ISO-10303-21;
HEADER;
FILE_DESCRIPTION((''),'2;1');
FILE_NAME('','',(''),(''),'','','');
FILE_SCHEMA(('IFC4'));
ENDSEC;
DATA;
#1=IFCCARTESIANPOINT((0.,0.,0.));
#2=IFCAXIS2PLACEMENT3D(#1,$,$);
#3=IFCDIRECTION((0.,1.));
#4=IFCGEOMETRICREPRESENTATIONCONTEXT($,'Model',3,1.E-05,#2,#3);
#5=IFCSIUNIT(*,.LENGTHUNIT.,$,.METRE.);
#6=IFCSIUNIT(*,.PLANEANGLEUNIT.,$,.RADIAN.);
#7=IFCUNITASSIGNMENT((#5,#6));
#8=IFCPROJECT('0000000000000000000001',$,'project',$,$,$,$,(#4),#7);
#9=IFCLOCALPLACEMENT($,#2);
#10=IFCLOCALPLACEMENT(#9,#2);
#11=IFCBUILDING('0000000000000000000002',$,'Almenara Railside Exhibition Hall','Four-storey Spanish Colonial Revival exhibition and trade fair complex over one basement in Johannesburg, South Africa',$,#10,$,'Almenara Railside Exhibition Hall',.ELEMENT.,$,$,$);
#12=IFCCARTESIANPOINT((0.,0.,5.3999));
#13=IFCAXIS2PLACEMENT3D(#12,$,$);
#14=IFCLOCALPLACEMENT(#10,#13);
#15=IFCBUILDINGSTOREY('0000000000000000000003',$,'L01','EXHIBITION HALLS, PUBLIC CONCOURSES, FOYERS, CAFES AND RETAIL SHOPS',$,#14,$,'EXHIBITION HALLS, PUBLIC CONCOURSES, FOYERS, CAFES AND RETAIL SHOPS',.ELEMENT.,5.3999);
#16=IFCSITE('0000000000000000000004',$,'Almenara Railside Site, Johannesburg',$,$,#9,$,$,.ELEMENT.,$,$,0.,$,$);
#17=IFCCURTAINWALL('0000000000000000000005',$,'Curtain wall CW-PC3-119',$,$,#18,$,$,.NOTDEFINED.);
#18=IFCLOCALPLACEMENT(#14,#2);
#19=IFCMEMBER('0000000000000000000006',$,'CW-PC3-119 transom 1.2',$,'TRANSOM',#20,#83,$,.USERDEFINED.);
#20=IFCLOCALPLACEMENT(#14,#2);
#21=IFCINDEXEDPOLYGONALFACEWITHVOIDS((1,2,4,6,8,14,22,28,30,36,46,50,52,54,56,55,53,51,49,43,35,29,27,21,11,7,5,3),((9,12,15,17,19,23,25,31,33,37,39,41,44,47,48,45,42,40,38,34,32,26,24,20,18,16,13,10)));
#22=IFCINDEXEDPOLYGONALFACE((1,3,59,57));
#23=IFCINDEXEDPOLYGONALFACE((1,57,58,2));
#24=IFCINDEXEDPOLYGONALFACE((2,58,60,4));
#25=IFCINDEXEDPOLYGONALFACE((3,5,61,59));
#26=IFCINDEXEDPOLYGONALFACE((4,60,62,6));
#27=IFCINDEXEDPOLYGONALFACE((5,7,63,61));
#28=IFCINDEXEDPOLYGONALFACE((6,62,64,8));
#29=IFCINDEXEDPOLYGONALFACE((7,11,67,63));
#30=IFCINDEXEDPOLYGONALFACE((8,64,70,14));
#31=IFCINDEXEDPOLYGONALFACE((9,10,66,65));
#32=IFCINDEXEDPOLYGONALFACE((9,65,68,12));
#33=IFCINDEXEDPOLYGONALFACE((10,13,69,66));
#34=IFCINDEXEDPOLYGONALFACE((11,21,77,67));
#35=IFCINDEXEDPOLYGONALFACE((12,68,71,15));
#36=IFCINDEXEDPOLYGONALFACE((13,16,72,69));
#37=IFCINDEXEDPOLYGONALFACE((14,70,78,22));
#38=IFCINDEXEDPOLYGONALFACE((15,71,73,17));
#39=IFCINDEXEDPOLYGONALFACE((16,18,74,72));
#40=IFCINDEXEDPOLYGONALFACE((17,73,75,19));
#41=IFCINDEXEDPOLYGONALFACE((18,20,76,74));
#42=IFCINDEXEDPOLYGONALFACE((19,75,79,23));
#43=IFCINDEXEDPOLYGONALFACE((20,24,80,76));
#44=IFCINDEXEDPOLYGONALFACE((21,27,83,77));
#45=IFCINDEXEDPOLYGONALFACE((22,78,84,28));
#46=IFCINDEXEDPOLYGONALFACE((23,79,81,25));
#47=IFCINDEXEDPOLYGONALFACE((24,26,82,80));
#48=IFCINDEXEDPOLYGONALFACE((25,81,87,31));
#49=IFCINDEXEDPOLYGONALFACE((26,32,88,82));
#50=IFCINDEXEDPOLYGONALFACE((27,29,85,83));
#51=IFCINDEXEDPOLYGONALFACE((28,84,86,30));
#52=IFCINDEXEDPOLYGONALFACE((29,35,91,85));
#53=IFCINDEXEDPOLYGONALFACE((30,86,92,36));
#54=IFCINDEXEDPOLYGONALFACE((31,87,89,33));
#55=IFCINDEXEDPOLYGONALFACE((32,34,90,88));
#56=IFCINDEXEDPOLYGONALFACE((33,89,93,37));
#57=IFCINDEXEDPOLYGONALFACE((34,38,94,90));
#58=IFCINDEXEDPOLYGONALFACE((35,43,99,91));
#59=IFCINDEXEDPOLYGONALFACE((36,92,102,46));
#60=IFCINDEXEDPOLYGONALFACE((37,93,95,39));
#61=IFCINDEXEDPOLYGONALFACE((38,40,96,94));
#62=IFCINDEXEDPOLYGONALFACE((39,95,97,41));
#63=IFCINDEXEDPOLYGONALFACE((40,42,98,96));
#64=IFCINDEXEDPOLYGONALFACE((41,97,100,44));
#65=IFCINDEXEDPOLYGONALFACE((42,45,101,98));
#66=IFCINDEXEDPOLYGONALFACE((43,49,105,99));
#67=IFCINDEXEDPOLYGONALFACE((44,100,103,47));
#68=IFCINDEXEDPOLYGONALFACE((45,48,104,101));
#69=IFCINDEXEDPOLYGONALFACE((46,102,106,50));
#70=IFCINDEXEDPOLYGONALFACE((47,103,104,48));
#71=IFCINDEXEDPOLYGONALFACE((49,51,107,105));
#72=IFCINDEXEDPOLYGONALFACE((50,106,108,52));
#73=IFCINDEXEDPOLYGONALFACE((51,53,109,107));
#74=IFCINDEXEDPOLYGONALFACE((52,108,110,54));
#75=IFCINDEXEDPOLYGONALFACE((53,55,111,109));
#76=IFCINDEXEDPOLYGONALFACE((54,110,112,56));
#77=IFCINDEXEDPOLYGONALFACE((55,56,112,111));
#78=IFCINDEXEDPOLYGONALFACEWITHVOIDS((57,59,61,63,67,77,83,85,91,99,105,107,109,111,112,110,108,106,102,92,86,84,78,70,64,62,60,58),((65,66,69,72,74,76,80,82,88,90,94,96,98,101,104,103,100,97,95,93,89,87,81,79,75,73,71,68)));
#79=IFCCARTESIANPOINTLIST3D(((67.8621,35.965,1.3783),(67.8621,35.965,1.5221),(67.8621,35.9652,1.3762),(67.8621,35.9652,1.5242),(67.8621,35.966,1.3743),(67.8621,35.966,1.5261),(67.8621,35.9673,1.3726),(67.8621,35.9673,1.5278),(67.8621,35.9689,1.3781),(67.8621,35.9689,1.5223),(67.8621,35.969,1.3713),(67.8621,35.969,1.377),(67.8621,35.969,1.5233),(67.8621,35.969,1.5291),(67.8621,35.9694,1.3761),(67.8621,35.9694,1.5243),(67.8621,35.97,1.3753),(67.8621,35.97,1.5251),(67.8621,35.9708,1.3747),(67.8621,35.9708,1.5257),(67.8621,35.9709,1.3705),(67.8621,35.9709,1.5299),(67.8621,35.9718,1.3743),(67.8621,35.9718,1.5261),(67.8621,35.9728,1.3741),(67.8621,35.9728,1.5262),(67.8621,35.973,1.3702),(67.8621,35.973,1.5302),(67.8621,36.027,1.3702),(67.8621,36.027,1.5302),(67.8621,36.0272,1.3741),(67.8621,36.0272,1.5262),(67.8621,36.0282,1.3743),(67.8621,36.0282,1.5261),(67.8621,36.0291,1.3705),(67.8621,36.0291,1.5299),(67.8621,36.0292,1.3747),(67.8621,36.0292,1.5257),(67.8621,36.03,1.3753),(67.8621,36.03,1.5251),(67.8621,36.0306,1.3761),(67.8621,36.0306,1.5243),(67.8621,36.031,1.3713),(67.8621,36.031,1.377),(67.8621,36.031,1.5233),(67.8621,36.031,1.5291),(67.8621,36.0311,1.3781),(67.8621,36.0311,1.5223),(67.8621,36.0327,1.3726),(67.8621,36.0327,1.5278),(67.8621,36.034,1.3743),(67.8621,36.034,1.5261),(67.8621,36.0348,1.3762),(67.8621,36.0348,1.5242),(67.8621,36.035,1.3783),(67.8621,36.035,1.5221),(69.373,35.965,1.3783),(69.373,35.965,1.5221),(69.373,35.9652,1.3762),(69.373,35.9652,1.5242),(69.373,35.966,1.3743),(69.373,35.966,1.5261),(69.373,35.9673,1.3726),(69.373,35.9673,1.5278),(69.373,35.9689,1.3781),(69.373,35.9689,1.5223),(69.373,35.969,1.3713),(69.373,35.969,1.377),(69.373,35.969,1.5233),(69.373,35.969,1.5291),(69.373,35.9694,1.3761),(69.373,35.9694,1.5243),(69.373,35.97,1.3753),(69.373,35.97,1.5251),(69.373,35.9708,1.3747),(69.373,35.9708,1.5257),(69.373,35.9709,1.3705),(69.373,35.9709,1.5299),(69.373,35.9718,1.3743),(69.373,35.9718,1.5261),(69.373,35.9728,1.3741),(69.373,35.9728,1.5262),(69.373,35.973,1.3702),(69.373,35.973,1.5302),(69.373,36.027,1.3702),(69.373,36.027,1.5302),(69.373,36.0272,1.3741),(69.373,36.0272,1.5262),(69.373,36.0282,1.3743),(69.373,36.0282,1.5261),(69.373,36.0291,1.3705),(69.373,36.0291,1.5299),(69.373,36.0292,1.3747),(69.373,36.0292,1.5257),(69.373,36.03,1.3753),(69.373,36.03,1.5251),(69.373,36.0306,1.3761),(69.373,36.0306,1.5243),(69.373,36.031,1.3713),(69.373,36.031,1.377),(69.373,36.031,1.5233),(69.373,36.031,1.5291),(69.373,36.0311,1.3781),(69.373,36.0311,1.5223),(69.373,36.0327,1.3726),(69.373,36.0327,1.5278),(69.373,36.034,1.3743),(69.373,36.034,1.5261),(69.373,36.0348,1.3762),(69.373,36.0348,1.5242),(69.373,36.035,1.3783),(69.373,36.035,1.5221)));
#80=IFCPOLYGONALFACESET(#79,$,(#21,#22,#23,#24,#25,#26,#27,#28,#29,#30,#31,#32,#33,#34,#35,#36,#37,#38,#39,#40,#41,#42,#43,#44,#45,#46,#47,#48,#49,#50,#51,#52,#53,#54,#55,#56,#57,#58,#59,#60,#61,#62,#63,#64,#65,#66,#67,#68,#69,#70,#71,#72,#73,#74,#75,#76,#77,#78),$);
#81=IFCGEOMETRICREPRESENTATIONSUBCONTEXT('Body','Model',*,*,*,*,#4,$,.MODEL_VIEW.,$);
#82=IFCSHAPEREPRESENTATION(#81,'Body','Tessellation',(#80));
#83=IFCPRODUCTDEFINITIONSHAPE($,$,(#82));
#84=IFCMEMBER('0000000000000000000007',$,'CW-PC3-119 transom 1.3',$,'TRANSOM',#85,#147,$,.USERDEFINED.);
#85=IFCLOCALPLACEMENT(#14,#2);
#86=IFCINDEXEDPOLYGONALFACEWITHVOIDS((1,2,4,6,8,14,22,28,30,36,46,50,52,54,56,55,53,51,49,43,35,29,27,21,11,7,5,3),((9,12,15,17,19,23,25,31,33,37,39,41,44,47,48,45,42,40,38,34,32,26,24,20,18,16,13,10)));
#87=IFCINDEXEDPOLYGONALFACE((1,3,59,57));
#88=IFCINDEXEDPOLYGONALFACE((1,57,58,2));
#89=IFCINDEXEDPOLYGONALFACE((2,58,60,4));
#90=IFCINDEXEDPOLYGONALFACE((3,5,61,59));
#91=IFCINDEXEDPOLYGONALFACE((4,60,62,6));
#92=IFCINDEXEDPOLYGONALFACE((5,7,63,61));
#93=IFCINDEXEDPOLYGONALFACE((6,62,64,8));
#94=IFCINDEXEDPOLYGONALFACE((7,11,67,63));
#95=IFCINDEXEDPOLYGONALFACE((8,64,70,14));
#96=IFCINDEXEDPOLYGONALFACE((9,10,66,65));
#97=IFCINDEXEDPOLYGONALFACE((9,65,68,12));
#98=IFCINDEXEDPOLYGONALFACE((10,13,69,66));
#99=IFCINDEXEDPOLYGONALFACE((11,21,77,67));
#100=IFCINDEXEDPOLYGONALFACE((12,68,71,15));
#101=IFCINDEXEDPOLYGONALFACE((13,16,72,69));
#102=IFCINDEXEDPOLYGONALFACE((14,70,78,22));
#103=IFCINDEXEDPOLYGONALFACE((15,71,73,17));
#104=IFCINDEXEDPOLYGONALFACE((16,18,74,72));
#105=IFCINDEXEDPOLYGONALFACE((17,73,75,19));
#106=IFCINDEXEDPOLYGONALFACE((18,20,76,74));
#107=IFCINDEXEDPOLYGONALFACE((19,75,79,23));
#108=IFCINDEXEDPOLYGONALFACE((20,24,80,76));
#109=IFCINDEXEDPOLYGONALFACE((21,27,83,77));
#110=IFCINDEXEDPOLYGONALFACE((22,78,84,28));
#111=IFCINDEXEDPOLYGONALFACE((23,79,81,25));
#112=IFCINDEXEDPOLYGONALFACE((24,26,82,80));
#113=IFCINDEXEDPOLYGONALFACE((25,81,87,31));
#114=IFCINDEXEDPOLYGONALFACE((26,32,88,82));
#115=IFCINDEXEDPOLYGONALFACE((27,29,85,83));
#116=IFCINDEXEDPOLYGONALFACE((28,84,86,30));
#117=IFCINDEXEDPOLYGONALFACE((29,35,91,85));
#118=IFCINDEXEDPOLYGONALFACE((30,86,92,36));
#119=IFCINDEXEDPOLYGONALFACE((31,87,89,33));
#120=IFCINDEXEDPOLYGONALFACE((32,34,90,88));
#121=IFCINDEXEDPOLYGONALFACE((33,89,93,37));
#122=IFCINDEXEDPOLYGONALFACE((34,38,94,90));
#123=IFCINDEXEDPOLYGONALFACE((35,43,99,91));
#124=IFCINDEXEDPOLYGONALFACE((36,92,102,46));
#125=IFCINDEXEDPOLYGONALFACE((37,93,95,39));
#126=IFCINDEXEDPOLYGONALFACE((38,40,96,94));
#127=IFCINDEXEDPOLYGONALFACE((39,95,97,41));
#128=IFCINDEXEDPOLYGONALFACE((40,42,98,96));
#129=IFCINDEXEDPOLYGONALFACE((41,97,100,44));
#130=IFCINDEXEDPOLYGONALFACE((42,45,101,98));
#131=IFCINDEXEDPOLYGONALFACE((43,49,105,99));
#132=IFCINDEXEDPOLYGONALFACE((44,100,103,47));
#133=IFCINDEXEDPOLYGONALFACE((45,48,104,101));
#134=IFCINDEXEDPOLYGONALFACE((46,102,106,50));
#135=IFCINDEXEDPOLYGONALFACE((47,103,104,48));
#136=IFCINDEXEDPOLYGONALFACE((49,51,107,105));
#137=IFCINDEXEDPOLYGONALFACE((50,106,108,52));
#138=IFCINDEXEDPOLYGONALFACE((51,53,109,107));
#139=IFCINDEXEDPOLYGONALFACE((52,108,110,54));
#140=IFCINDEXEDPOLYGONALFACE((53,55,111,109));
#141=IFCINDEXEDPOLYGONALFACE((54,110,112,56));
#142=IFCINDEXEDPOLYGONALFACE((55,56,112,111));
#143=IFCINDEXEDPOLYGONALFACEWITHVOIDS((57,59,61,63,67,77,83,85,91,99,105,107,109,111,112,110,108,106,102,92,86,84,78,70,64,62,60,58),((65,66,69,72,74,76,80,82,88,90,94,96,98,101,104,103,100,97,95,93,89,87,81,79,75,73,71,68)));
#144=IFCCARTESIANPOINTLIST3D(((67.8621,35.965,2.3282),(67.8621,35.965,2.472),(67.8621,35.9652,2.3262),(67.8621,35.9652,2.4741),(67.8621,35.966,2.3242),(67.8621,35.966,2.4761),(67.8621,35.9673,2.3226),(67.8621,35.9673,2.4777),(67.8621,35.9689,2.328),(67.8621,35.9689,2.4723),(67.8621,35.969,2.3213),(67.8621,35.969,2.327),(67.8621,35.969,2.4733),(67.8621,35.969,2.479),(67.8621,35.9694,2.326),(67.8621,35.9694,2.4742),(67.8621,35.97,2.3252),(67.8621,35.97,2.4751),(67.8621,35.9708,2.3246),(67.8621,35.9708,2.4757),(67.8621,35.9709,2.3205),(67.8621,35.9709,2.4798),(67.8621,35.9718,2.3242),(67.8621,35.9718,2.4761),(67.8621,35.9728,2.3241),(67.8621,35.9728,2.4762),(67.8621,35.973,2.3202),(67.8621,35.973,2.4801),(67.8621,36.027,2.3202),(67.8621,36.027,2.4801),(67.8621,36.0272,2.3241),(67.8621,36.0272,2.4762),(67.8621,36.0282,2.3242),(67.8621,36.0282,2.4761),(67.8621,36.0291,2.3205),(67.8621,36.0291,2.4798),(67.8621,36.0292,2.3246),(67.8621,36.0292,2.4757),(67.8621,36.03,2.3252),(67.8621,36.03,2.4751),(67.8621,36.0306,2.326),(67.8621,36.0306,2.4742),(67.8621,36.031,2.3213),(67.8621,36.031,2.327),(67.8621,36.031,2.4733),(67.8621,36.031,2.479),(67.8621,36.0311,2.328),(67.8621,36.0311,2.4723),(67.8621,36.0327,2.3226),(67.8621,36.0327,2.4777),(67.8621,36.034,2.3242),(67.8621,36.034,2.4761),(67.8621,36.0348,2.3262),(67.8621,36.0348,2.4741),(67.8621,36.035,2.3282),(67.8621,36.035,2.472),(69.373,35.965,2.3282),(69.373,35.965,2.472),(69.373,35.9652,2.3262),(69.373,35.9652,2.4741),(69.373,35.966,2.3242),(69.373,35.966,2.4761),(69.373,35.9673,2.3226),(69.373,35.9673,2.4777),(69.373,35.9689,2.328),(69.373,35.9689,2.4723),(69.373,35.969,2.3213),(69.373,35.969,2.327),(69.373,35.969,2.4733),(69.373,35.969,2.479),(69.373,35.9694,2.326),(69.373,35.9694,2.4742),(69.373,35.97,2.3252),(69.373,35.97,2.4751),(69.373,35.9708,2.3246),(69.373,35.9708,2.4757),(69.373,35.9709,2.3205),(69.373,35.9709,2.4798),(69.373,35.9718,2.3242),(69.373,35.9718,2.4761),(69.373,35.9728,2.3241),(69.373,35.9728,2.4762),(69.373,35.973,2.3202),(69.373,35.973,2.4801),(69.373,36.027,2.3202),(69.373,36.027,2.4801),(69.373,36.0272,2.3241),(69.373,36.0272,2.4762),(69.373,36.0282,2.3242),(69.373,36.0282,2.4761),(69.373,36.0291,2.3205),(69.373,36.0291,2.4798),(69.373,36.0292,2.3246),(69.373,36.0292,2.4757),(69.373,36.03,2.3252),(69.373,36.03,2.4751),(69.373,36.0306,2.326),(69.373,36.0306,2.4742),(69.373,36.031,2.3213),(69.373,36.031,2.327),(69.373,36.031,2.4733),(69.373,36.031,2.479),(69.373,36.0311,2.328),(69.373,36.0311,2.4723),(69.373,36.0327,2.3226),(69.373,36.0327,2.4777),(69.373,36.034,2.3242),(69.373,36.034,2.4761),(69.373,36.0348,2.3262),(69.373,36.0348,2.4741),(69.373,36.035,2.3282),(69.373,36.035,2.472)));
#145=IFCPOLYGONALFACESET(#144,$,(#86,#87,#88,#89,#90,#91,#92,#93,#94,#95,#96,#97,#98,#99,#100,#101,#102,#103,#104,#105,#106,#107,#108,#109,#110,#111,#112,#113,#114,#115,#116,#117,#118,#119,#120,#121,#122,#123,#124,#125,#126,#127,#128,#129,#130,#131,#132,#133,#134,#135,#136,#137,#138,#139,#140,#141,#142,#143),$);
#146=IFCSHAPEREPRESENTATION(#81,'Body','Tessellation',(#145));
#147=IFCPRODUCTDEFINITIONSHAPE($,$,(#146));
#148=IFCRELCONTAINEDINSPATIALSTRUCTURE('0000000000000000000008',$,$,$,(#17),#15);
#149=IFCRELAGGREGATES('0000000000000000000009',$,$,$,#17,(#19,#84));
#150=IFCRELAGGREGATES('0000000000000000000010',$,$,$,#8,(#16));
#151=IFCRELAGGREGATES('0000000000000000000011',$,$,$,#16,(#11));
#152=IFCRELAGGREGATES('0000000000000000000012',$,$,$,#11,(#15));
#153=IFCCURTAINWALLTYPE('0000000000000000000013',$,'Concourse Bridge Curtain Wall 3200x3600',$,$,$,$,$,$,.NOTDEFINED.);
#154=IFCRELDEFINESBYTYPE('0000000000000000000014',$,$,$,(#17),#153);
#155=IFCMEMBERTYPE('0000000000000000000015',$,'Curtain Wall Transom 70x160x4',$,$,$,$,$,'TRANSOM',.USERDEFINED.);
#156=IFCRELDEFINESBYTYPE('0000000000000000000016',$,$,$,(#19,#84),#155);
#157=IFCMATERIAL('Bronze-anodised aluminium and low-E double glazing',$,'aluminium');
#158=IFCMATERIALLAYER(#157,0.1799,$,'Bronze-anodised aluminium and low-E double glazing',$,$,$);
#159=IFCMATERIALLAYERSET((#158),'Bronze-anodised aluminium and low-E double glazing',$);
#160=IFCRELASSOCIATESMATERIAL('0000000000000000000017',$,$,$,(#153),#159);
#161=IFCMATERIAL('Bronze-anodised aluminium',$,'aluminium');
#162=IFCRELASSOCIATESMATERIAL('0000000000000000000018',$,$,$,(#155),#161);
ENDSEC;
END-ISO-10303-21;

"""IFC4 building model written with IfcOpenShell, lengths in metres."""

from ifc_helpers import new_model, si_unit, direction, frame, origin, origin_2d, place, context, subcontext, project, spatial, hollow_rectangle, extrude, material, layer, layer_set, material_profile, profile_set, type_object, element, aggregate, save


model = new_model("IFC4")

# Units and contexts
model_context = context("Model", 3, precision=1e-05, world=origin(), true_north=direction((0.0, 1.0)))
body_context = subcontext(model_context, "Body", "Model", "MODEL_VIEW")
ifc_project = project(units=[si_unit("LENGTHUNIT", "METRE"), si_unit("PLANEANGLEUNIT", "RADIAN")], contexts=[model_context])

# Site, building, storey
site_placement = place(None, origin())
site = spatial("IfcSite", under=ifc_project, at=site_placement, Name="Almenara Railside Site, Johannesburg", CompositionType="ELEMENT", RefElevation=0.0)
building_placement = place(site_placement, origin())
building = spatial("IfcBuilding", under=site, at=building_placement, Name="Almenara Railside Exhibition Hall", Description="Four-storey Spanish Colonial Revival exhibition and trade fair complex over one basement in Johannesburg, South Africa", LongName="Almenara Railside Exhibition Hall", CompositionType="ELEMENT")
storey_placement = place(building_placement, frame((0.0, 0.0, 5.3999)))
storey = spatial("IfcBuildingStorey", under=building, at=storey_placement, Name="L01", Description="EXHIBITION HALLS, PUBLIC CONCOURSES, FOYERS, CAFES AND RETAIL SHOPS", LongName="EXHIBITION HALLS, PUBLIC CONCOURSES, FOYERS, CAFES AND RETAIL SHOPS", CompositionType="ELEMENT", Elevation=5.3999)

# Shared definitions
ifc_material_1 = material(Name="Bronze-anodised aluminium and low-E double glazing", Category="aluminium")
ifc_material_2 = material(Name="Bronze-anodised aluminium", Category="aluminium")

# Curtain wall
ifc_layer_1 = layer(ifc_material_1, 0.1799, Name="Bronze-anodised aluminium and low-E double glazing")
ifc_layer_set_1 = layer_set([ifc_layer_1], Name="Bronze-anodised aluminium and low-E double glazing")
curtain_wall_type_1 = type_object("IfcCurtainWallType", Name="Concourse Bridge Curtain Wall 3200x3600", PredefinedType="NOTDEFINED", material=ifc_layer_set_1)
curtain_wall_1_placement = place(storey_placement, origin())
curtain_wall_1 = element("IfcCurtainWall", 1, at=curtain_wall_1_placement, inside=storey, type_object=curtain_wall_type_1, Name="Curtain wall CW-PC3-119", PredefinedType="NOTDEFINED")

# Members
ifc_material_profile_1 = material_profile(ifc_material_2, hollow_rectangle(XDim=0.0701, YDim=0.1599, WallThickness=0.0039, InnerFilletRadius=0.0039, OuterFilletRadius=0.0081, at=origin_2d()), Name="ALU-TRN 70x160x4")
ifc_profile_set_1 = profile_set([ifc_material_profile_1], Name="Bronze-anodised aluminium")
member_type_1 = type_object("IfcMemberType", Name="Curtain Wall Transom 70x160x4", ElementType="TRANSOM", PredefinedType="USERDEFINED", material=ifc_profile_set_1)
member_1_placement = place(storey_placement, frame((67.8621, 36.0, 1.4502), z_axis=(1.0, 0.0, 0.0), x_axis=(0.0, 1.0, 0.0)))
member_1 = element("IfcMember", 2, at=member_1_placement, type_object=member_type_1, Name="CW-PC3-119 transom 1.2", ObjectType="TRANSOM", PredefinedType="USERDEFINED", context=body_context, shape_type="SweptSolid", body=[
    extrude(hollow_rectangle(XDim=0.0701, YDim=0.1599, WallThickness=0.0039, InnerFilletRadius=0.0039, OuterFilletRadius=0.0081, at=origin_2d()), origin(), (0.0, 0.0, 1.0), 1.511),
])
member_2_placement = place(storey_placement, frame((67.8621, 36.0, 2.4001), z_axis=(1.0, 0.0, 0.0), x_axis=(0.0, 1.0, 0.0)))
member_2 = element("IfcMember", 3, at=member_2_placement, type_object=member_type_1, Name="CW-PC3-119 transom 1.3", ObjectType="TRANSOM", PredefinedType="USERDEFINED", context=body_context, shape_type="SweptSolid", body=[
    extrude(hollow_rectangle(XDim=0.0701, YDim=0.1599, WallThickness=0.0039, InnerFilletRadius=0.0039, OuterFilletRadius=0.0081, at=origin_2d()), origin(), (0.0, 0.0, 1.0), 1.511),
])

aggregate(curtain_wall_1, [member_1, member_2])

save(model, "model.ifc")
